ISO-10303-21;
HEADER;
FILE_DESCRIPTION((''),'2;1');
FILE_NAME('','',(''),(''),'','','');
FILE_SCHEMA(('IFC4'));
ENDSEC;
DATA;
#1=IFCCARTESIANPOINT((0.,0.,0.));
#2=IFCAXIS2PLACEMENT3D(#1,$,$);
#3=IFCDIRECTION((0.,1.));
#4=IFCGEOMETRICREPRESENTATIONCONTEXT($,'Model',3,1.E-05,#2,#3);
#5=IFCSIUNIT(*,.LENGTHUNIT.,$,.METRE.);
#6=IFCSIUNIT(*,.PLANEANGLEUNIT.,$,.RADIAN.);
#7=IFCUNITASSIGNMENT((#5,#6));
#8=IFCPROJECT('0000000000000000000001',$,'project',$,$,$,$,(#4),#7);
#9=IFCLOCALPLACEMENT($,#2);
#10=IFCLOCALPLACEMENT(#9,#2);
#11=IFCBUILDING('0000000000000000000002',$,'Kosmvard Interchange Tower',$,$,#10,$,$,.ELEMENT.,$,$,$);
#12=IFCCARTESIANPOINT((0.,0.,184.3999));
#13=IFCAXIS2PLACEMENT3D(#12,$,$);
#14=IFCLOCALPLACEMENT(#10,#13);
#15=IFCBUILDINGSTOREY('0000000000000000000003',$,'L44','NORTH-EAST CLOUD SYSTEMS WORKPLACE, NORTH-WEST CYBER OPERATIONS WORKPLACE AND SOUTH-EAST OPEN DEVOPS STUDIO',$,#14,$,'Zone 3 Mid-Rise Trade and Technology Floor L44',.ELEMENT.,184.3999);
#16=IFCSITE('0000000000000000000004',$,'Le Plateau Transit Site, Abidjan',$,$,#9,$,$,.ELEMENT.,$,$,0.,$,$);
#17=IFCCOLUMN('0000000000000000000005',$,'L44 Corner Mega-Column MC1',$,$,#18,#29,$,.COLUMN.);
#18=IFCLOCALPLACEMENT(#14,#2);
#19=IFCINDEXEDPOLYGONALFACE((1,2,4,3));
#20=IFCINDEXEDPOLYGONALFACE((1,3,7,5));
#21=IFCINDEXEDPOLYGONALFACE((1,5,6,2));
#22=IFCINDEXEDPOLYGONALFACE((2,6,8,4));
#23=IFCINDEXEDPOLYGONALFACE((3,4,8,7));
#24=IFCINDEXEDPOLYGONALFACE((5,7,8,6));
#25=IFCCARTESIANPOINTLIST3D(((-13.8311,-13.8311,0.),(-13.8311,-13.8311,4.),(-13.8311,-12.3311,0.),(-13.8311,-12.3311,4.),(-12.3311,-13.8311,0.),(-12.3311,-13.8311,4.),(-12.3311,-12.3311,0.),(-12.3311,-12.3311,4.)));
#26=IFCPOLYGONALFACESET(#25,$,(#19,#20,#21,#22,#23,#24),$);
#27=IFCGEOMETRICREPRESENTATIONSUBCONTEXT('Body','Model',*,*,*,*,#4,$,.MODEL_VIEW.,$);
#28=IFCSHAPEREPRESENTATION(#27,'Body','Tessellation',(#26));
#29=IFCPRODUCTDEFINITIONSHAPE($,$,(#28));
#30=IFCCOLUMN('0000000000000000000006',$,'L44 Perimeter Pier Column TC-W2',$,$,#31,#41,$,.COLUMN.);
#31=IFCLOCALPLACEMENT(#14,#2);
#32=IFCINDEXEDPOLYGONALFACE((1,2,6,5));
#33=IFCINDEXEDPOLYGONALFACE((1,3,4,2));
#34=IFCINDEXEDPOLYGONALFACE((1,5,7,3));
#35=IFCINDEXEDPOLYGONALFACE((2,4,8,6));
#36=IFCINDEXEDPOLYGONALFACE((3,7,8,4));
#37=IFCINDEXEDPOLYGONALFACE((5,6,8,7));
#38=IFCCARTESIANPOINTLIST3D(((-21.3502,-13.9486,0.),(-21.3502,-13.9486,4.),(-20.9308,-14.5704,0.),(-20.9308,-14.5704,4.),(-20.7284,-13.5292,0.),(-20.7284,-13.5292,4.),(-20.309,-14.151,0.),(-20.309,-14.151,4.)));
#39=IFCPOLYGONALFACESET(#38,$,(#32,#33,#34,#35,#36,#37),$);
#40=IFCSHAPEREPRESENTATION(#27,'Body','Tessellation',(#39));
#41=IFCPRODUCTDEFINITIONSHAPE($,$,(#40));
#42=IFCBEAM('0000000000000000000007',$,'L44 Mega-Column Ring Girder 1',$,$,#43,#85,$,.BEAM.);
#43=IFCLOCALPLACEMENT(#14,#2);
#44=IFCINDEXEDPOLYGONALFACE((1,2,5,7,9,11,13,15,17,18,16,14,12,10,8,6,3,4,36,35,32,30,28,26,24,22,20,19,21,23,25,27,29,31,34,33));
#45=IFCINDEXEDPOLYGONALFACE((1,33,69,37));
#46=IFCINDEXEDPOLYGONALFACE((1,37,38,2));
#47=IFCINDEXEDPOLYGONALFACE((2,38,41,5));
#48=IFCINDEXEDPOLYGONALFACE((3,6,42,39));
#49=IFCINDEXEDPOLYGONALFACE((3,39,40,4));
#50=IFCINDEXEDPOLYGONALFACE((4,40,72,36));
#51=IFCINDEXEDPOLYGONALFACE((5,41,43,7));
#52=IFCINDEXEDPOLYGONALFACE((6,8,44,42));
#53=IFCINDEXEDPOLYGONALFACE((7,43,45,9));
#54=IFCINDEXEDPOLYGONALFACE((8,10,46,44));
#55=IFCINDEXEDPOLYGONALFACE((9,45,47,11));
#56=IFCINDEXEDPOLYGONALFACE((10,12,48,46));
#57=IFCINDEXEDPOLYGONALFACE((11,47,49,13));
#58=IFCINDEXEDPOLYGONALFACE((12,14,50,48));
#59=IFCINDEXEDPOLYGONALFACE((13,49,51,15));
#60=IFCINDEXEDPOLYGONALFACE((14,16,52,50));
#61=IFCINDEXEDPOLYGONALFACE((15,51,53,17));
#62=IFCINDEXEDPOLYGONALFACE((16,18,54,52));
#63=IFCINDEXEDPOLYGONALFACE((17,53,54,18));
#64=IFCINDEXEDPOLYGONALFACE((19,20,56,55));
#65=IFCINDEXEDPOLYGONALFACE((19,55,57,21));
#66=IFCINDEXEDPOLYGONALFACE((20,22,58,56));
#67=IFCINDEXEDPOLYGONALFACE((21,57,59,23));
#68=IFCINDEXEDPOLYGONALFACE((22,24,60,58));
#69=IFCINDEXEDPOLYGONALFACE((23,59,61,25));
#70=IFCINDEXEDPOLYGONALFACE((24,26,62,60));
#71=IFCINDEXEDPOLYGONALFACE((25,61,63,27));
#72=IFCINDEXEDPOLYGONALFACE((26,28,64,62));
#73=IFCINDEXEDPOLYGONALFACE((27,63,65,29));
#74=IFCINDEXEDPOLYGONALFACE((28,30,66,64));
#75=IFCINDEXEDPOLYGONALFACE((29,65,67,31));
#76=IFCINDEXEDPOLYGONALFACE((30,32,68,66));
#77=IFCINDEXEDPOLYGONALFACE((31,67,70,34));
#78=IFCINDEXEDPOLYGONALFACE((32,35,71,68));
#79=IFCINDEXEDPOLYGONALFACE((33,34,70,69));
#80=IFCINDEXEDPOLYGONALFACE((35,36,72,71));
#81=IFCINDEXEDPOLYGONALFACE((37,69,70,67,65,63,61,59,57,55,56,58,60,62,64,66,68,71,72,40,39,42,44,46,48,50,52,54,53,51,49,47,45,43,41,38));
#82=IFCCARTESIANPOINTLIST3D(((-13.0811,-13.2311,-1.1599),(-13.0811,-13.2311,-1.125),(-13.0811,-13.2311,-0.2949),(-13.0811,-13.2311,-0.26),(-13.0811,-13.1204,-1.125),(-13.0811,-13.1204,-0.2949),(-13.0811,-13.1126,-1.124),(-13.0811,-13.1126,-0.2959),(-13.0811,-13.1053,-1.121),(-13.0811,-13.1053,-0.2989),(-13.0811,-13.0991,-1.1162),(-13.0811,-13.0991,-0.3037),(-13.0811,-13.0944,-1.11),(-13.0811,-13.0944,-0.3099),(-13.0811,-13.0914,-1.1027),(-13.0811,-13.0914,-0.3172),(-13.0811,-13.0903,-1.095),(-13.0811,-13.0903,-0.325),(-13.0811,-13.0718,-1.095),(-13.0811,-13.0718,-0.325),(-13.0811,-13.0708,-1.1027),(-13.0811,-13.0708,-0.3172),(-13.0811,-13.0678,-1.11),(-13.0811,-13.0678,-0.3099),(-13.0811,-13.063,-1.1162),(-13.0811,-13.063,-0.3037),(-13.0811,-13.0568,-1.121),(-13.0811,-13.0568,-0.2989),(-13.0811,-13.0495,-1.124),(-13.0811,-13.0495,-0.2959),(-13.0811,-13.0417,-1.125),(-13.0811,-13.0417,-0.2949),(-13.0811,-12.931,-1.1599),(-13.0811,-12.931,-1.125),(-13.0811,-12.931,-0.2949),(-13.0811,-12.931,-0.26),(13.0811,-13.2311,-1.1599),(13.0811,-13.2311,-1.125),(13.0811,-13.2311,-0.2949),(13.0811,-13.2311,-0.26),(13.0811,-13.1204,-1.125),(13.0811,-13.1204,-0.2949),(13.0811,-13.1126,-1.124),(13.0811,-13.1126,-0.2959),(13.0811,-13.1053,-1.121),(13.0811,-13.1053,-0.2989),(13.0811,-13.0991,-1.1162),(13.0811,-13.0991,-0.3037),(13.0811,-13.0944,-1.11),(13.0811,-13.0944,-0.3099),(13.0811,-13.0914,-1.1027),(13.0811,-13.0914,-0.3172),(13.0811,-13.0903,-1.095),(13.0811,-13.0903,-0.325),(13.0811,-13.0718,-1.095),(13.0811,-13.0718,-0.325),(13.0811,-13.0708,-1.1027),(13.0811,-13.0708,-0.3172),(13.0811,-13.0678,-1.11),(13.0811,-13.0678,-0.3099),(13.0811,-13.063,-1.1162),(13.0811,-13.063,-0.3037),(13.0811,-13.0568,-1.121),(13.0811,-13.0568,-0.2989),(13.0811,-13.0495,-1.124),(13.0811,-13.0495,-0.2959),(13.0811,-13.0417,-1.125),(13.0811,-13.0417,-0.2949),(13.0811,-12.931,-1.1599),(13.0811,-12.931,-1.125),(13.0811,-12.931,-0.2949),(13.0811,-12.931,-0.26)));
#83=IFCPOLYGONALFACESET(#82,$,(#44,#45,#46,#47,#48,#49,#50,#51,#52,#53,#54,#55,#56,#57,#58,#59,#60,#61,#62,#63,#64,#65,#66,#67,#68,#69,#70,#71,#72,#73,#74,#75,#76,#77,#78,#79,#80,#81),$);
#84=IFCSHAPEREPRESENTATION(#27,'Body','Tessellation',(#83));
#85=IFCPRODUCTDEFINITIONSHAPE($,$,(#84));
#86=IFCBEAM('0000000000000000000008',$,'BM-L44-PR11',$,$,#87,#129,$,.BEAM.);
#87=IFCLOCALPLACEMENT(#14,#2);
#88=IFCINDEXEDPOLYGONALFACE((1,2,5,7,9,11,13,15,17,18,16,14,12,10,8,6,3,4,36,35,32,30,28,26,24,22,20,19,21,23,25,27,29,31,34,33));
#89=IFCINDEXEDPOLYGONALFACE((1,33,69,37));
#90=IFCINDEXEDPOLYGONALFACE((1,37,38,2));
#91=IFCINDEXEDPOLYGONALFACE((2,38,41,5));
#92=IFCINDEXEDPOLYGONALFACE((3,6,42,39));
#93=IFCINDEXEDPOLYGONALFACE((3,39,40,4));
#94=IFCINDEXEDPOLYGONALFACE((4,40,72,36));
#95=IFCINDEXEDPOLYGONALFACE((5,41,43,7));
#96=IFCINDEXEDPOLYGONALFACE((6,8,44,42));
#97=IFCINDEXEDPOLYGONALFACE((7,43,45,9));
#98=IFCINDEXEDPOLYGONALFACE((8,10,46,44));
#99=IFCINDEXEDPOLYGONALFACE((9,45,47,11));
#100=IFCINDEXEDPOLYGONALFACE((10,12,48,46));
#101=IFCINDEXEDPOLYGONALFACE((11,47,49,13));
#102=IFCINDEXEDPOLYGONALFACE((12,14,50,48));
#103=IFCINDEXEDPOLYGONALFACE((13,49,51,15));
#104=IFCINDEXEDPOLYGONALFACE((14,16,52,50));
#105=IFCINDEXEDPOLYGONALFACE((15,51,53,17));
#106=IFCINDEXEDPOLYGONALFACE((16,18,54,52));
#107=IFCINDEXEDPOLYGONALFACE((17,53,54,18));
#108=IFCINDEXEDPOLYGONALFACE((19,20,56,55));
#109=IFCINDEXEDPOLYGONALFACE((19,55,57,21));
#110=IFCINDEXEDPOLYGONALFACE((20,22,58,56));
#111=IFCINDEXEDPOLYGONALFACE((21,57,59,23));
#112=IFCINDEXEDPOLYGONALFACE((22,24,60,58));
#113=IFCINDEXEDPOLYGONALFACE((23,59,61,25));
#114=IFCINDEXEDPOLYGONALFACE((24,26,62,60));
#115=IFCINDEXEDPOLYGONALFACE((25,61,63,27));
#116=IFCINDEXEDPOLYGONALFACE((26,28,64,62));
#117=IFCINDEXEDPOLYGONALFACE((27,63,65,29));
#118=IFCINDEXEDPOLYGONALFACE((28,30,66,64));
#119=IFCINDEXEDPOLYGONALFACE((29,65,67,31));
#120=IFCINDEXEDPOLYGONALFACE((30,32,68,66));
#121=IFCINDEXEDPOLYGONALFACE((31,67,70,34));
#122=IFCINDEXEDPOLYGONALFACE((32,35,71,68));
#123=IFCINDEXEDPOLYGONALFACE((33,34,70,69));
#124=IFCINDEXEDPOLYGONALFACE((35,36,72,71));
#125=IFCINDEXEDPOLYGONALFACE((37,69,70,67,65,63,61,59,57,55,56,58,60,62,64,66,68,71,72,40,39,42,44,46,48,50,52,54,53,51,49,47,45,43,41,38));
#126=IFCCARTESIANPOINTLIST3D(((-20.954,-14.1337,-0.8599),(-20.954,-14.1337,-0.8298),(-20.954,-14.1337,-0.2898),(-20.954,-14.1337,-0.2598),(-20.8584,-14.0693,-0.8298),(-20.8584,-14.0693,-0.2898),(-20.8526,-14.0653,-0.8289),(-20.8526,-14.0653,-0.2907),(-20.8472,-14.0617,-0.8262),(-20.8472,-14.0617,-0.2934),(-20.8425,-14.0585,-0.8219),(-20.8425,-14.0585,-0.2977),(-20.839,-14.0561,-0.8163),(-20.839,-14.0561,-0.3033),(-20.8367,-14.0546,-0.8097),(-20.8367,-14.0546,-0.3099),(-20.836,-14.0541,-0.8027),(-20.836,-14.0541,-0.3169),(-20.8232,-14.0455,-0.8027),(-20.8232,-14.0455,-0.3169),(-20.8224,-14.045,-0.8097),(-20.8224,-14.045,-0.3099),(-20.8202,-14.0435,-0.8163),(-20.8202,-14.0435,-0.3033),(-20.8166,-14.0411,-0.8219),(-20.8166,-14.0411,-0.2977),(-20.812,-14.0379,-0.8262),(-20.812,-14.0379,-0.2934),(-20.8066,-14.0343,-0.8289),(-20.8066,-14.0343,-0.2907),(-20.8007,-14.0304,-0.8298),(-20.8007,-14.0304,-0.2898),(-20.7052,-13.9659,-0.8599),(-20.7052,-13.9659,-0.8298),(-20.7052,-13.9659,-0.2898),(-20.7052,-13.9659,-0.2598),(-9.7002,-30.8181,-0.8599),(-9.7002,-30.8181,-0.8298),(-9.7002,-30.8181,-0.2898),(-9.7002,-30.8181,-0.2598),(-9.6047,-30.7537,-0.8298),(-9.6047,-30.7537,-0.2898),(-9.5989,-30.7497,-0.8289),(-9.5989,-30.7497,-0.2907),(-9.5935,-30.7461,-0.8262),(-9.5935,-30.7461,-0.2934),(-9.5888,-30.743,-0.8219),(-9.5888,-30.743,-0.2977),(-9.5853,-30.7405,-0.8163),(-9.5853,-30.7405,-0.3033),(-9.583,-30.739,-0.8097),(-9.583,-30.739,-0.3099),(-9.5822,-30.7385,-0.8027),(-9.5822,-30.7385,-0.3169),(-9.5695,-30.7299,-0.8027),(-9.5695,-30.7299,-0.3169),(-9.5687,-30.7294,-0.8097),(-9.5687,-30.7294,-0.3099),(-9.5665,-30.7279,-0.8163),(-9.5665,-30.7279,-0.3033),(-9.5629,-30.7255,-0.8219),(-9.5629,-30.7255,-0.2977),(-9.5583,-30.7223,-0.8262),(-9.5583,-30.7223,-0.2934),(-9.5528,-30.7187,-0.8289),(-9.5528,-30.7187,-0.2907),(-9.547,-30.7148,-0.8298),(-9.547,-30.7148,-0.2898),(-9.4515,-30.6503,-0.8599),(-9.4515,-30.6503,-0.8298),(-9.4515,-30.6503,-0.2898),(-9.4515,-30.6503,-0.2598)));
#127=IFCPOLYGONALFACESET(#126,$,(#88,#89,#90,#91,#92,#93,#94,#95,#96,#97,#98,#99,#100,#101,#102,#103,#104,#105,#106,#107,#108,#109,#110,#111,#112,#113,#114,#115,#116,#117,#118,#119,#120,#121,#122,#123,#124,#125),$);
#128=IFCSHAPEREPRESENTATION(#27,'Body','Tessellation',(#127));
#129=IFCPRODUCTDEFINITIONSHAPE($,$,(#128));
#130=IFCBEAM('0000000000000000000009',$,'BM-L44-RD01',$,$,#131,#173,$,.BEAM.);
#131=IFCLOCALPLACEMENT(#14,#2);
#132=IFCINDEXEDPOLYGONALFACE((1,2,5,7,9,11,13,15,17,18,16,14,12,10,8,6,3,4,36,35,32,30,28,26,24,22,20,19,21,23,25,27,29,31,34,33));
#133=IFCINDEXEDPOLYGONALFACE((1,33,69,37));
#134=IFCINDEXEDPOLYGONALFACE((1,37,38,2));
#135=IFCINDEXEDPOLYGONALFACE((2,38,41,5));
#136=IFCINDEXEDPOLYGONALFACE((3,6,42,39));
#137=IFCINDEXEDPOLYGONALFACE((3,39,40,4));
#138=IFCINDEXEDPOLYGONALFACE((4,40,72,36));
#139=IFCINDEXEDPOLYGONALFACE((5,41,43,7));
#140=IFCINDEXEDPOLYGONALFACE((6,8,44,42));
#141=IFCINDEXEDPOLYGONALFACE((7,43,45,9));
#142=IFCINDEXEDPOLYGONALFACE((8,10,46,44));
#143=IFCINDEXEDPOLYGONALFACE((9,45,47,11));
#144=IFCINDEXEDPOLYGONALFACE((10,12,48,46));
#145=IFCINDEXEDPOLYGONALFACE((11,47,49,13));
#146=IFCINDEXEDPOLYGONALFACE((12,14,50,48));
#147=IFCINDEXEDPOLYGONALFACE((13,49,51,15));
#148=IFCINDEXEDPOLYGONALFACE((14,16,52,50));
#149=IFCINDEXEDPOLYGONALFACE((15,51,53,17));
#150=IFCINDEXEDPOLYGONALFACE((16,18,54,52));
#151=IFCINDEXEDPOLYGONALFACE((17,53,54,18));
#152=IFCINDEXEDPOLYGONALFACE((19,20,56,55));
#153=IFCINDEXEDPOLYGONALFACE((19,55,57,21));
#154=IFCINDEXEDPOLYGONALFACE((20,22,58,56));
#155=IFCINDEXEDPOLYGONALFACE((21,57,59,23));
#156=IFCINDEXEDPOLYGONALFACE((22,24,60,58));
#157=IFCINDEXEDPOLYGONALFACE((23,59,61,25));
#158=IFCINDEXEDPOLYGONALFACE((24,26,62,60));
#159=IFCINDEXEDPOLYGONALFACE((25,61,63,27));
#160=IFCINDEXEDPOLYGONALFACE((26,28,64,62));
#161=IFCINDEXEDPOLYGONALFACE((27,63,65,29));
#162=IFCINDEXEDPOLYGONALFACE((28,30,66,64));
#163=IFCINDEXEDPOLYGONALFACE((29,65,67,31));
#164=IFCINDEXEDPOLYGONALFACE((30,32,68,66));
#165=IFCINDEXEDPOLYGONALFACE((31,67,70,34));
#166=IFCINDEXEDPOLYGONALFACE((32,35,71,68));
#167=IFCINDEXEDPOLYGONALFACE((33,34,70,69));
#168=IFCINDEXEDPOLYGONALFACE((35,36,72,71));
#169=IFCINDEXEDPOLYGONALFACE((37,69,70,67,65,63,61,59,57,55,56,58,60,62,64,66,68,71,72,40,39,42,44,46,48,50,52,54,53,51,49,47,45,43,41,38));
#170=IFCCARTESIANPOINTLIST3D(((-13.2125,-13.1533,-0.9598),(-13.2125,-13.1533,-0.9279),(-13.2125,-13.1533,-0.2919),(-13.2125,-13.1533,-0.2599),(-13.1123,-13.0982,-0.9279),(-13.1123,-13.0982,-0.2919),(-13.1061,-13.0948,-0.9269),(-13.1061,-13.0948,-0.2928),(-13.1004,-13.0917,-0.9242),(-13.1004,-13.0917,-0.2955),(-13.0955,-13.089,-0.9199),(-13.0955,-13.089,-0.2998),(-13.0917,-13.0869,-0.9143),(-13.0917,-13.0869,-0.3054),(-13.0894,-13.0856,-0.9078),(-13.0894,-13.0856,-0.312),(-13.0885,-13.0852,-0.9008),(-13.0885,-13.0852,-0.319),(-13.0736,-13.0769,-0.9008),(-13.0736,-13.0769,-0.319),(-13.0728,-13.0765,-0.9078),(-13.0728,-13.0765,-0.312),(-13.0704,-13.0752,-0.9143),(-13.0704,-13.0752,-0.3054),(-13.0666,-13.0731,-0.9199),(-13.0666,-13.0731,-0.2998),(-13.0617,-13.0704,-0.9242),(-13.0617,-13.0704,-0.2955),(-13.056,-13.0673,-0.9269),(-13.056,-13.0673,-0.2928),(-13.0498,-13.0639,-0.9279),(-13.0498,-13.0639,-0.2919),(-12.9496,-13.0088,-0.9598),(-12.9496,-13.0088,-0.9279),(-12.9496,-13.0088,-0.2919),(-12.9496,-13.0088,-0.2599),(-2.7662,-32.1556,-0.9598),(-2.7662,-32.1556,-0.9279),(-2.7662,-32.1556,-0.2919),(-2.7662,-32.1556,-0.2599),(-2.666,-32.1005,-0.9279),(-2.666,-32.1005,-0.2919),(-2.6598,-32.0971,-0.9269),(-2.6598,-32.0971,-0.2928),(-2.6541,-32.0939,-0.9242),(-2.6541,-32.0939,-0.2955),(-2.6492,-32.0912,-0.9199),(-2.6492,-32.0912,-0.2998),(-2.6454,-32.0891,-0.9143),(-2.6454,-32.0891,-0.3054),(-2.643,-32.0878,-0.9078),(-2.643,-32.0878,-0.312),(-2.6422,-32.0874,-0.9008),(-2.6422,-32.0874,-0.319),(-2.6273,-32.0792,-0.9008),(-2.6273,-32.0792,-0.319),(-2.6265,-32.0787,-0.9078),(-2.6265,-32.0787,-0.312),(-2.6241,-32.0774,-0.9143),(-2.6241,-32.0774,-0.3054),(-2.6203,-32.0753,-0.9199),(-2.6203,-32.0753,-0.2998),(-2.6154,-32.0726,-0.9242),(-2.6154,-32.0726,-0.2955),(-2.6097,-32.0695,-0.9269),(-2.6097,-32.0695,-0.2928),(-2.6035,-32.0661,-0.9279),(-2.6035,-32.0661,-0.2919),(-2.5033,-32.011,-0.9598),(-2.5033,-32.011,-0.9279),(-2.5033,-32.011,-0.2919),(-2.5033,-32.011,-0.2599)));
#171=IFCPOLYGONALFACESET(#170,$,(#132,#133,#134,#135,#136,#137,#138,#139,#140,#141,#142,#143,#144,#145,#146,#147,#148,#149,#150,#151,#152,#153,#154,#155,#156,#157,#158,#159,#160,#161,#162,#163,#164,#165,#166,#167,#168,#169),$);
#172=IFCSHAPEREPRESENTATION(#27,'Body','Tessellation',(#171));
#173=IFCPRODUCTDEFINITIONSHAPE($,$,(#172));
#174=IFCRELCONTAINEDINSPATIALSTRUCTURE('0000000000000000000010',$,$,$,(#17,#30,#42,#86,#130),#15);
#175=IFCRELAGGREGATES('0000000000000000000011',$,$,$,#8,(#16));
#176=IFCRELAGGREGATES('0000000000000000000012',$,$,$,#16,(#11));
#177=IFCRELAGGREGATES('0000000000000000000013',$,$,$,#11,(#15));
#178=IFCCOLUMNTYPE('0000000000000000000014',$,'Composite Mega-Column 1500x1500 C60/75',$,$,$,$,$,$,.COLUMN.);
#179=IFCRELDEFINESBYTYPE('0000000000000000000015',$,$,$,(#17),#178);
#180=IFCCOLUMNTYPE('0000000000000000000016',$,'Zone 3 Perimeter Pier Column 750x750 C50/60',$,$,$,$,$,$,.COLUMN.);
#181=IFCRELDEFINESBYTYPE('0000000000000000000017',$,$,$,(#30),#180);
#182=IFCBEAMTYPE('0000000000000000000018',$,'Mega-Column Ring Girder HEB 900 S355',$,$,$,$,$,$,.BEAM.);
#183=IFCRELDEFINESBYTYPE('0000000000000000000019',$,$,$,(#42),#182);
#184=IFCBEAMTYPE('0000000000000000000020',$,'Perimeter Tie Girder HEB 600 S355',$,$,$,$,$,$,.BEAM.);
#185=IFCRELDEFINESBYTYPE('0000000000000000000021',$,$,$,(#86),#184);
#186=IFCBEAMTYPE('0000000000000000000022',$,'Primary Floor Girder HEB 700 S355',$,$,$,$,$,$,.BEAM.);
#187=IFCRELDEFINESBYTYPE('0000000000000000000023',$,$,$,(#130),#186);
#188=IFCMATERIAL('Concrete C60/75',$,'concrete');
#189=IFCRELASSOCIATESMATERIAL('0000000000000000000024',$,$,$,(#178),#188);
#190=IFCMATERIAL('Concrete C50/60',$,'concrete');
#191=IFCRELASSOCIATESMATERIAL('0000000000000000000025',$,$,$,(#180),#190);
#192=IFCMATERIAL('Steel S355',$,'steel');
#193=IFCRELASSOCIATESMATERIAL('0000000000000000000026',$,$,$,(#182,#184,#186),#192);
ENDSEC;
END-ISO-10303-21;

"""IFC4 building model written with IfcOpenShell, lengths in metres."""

from ifc_helpers import new_model, si_unit, direction, frame, origin, origin_2d, place, context, subcontext, project, spatial, rectangle, i_section, extrude, source, transform, mapped, material, material_profile, profile_set, type_object, element, save


model = new_model("IFC4")

# Units and contexts
model_context = context("Model", 3, precision=1e-05, world=origin(), true_north=direction((0.0, 1.0)))
body_context = subcontext(model_context, "Body", "Model", "MODEL_VIEW")
ifc_project = project(units=[si_unit("LENGTHUNIT", "METRE"), si_unit("PLANEANGLEUNIT", "RADIAN")], contexts=[model_context])

# Site, building, storey
site_placement = place(None, origin())
site = spatial("IfcSite", under=ifc_project, at=site_placement, Name="Le Plateau Transit Site, Abidjan", CompositionType="ELEMENT", RefElevation=0.0)
building_placement = place(site_placement, origin())
building = spatial("IfcBuilding", under=site, at=building_placement, Name="Kosmvard Interchange Tower", CompositionType="ELEMENT")
storey_placement = place(building_placement, frame((0.0, 0.0, 184.3999)))
storey = spatial("IfcBuildingStorey", under=building, at=storey_placement, Name="L44", Description="NORTH-EAST CLOUD SYSTEMS WORKPLACE, NORTH-WEST CYBER OPERATIONS WORKPLACE AND SOUTH-EAST OPEN DEVOPS STUDIO", LongName="Zone 3 Mid-Rise Trade and Technology Floor L44", CompositionType="ELEMENT", Elevation=184.3999)

# Columns
ifc_material_1 = material(Name="Concrete C60/75", Category="concrete")
ifc_material_profile_1 = material_profile(ifc_material_1, rectangle(XDim=1.5, YDim=1.5, at=origin_2d()), Name="MC 1500x1500")
ifc_profile_set_1 = profile_set([ifc_material_profile_1], Name="Concrete C60/75")
column_type_1 = type_object("IfcColumnType", Name="Composite Mega-Column 1500x1500 C60/75", PredefinedType="COLUMN", material=ifc_profile_set_1)
shared_shape_1 = source(origin(), body_context, "Body", "SweptSolid", [
    extrude(rectangle(XDim=1.5, YDim=1.5, at=origin_2d()), origin(), (0.0, 0.0, 1.0), 4.0),
])
column_1_placement = place(storey_placement, frame((-13.0811, -13.0811, 0.0), z_axis=(0.0, 0.0, 1.0), x_axis=(1.0, 0.0, 0.0)))
element("IfcColumn", 1, at=column_1_placement, inside=storey, type_object=column_type_1, Name="L44 Corner Mega-Column MC1", PredefinedType="COLUMN", context=body_context, shape_type="MappedRepresentation", body=[
    mapped(shared_shape_1, transform((0.0, 0.0, 0.0), scale=1.0)),
])
ifc_material_2 = material(Name="Concrete C50/60", Category="concrete")
ifc_material_profile_2 = material_profile(ifc_material_2, rectangle(XDim=0.75, YDim=0.75, at=origin_2d()), Name="TC 750x750")
ifc_profile_set_2 = profile_set([ifc_material_profile_2], Name="Concrete C50/60")
column_type_2 = type_object("IfcColumnType", Name="Zone 3 Perimeter Pier Column 750x750 C50/60", PredefinedType="COLUMN", material=ifc_profile_set_2)
shared_shape_2 = source(origin(), body_context, "Body", "SweptSolid", [
    extrude(rectangle(XDim=0.75, YDim=0.75, at=origin_2d()), origin(), (0.0, 0.0, 1.0), 4.0),
])
column_2_placement = place(storey_placement, frame((-20.8296, -14.0498, 0.0), z_axis=(0.0, 0.0, 1.0), x_axis=(0.829038, 0.559193, 0.0)))
element("IfcColumn", 2, at=column_2_placement, inside=storey, type_object=column_type_2, Name="L44 Perimeter Pier Column TC-W2", PredefinedType="COLUMN", context=body_context, shape_type="MappedRepresentation", body=[
    mapped(shared_shape_2, transform((0.0, 0.0, 0.0), scale=1.0)),
])

# Beams
ifc_material_3 = material(Name="Steel S355", Category="steel")
ifc_material_profile_3 = material_profile(ifc_material_3, i_section(OverallWidth=0.3, OverallDepth=0.8999, WebThickness=0.0186, FlangeThickness=0.0349, FilletRadius=0.03, at=origin_2d()), Name="HEB 900")
ifc_profile_set_3 = profile_set([ifc_material_profile_3], Name="Steel S355")
beam_type_1 = type_object("IfcBeamType", Name="Mega-Column Ring Girder HEB 900 S355", PredefinedType="BEAM", material=ifc_profile_set_3)
shared_shape_3 = source(origin(), body_context, "Body", "SweptSolid", [
    extrude(i_section(OverallWidth=0.3, OverallDepth=0.8999, WebThickness=0.0186, FlangeThickness=0.0349, FilletRadius=0.03, at=origin_2d()), origin(), (0.0, 0.0, 1.0), 26.1621),
])
beam_1_placement = place(storey_placement, frame((-13.0811, -13.0811, -0.71), z_axis=(1.0, 0.0, 0.0), x_axis=(0.0, 1.0, 0.0)))
element("IfcBeam", 3, at=beam_1_placement, inside=storey, type_object=beam_type_1, Name="L44 Mega-Column Ring Girder 1", PredefinedType="BEAM", context=body_context, shape_type="MappedRepresentation", body=[
    mapped(shared_shape_3, transform((0.0, 0.0, 0.0), scale=1.0)),
])
ifc_material_profile_4 = material_profile(ifc_material_3, i_section(OverallWidth=0.3, OverallDepth=0.6001, WebThickness=0.0154, FlangeThickness=0.03, FilletRadius=0.0271, at=origin_2d()), Name="HEB 600")
ifc_profile_set_4 = profile_set([ifc_material_profile_4], Name="Steel S355")
beam_type_2 = type_object("IfcBeamType", Name="Perimeter Tie Girder HEB 600 S355", PredefinedType="BEAM", material=ifc_profile_set_4)
shared_shape_4 = source(origin(), body_context, "Body", "SweptSolid", [
    extrude(i_section(OverallWidth=0.3, OverallDepth=0.6001, WebThickness=0.0154, FlangeThickness=0.03, FilletRadius=0.0271, at=origin_2d()), origin(), (0.0, 0.0, 1.0), 20.125),
])
beam_2_placement = place(storey_placement, frame((-20.8296, -14.0498, -0.5598), z_axis=(0.559191, -0.829039, 0.0), x_axis=(0.829039, 0.559191, 0.0)))
element("IfcBeam", 4, at=beam_2_placement, inside=storey, type_object=beam_type_2, Name="BM-L44-PR11", PredefinedType="BEAM", context=body_context, shape_type="MappedRepresentation", body=[
    mapped(shared_shape_4, transform((0.0, 0.0, 0.0), scale=1.0)),
])
ifc_material_profile_5 = material_profile(ifc_material_3, i_section(OverallWidth=0.3, OverallDepth=0.7, WebThickness=0.0171, FlangeThickness=0.032, FilletRadius=0.0271, at=origin_2d()), Name="HEB 700")
ifc_profile_set_5 = profile_set([ifc_material_profile_5], Name="Steel S355")
beam_type_3 = type_object("IfcBeamType", Name="Primary Floor Girder HEB 700 S355", PredefinedType="BEAM", material=ifc_profile_set_5)
shared_shape_5 = source(origin(), body_context, "Body", "SweptSolid", [
    extrude(i_section(OverallWidth=0.3, OverallDepth=0.7, WebThickness=0.0171, FlangeThickness=0.032, FilletRadius=0.0271, at=origin_2d()), origin(), (0.0, 0.0, 1.0), 21.6843),
])
beam_3_placement = place(storey_placement, frame((-13.0811, -13.0811, -0.6099), z_axis=(0.481745, -0.876312, 0.0), x_axis=(0.876312, 0.481745, 0.0)))
element("IfcBeam", 5, at=beam_3_placement, inside=storey, type_object=beam_type_3, Name="BM-L44-RD01", PredefinedType="BEAM", context=body_context, shape_type="MappedRepresentation", body=[
    mapped(shared_shape_5, transform((0.0, 0.0, 0.0), scale=1.0)),
])

save(model, "model.ifc")
